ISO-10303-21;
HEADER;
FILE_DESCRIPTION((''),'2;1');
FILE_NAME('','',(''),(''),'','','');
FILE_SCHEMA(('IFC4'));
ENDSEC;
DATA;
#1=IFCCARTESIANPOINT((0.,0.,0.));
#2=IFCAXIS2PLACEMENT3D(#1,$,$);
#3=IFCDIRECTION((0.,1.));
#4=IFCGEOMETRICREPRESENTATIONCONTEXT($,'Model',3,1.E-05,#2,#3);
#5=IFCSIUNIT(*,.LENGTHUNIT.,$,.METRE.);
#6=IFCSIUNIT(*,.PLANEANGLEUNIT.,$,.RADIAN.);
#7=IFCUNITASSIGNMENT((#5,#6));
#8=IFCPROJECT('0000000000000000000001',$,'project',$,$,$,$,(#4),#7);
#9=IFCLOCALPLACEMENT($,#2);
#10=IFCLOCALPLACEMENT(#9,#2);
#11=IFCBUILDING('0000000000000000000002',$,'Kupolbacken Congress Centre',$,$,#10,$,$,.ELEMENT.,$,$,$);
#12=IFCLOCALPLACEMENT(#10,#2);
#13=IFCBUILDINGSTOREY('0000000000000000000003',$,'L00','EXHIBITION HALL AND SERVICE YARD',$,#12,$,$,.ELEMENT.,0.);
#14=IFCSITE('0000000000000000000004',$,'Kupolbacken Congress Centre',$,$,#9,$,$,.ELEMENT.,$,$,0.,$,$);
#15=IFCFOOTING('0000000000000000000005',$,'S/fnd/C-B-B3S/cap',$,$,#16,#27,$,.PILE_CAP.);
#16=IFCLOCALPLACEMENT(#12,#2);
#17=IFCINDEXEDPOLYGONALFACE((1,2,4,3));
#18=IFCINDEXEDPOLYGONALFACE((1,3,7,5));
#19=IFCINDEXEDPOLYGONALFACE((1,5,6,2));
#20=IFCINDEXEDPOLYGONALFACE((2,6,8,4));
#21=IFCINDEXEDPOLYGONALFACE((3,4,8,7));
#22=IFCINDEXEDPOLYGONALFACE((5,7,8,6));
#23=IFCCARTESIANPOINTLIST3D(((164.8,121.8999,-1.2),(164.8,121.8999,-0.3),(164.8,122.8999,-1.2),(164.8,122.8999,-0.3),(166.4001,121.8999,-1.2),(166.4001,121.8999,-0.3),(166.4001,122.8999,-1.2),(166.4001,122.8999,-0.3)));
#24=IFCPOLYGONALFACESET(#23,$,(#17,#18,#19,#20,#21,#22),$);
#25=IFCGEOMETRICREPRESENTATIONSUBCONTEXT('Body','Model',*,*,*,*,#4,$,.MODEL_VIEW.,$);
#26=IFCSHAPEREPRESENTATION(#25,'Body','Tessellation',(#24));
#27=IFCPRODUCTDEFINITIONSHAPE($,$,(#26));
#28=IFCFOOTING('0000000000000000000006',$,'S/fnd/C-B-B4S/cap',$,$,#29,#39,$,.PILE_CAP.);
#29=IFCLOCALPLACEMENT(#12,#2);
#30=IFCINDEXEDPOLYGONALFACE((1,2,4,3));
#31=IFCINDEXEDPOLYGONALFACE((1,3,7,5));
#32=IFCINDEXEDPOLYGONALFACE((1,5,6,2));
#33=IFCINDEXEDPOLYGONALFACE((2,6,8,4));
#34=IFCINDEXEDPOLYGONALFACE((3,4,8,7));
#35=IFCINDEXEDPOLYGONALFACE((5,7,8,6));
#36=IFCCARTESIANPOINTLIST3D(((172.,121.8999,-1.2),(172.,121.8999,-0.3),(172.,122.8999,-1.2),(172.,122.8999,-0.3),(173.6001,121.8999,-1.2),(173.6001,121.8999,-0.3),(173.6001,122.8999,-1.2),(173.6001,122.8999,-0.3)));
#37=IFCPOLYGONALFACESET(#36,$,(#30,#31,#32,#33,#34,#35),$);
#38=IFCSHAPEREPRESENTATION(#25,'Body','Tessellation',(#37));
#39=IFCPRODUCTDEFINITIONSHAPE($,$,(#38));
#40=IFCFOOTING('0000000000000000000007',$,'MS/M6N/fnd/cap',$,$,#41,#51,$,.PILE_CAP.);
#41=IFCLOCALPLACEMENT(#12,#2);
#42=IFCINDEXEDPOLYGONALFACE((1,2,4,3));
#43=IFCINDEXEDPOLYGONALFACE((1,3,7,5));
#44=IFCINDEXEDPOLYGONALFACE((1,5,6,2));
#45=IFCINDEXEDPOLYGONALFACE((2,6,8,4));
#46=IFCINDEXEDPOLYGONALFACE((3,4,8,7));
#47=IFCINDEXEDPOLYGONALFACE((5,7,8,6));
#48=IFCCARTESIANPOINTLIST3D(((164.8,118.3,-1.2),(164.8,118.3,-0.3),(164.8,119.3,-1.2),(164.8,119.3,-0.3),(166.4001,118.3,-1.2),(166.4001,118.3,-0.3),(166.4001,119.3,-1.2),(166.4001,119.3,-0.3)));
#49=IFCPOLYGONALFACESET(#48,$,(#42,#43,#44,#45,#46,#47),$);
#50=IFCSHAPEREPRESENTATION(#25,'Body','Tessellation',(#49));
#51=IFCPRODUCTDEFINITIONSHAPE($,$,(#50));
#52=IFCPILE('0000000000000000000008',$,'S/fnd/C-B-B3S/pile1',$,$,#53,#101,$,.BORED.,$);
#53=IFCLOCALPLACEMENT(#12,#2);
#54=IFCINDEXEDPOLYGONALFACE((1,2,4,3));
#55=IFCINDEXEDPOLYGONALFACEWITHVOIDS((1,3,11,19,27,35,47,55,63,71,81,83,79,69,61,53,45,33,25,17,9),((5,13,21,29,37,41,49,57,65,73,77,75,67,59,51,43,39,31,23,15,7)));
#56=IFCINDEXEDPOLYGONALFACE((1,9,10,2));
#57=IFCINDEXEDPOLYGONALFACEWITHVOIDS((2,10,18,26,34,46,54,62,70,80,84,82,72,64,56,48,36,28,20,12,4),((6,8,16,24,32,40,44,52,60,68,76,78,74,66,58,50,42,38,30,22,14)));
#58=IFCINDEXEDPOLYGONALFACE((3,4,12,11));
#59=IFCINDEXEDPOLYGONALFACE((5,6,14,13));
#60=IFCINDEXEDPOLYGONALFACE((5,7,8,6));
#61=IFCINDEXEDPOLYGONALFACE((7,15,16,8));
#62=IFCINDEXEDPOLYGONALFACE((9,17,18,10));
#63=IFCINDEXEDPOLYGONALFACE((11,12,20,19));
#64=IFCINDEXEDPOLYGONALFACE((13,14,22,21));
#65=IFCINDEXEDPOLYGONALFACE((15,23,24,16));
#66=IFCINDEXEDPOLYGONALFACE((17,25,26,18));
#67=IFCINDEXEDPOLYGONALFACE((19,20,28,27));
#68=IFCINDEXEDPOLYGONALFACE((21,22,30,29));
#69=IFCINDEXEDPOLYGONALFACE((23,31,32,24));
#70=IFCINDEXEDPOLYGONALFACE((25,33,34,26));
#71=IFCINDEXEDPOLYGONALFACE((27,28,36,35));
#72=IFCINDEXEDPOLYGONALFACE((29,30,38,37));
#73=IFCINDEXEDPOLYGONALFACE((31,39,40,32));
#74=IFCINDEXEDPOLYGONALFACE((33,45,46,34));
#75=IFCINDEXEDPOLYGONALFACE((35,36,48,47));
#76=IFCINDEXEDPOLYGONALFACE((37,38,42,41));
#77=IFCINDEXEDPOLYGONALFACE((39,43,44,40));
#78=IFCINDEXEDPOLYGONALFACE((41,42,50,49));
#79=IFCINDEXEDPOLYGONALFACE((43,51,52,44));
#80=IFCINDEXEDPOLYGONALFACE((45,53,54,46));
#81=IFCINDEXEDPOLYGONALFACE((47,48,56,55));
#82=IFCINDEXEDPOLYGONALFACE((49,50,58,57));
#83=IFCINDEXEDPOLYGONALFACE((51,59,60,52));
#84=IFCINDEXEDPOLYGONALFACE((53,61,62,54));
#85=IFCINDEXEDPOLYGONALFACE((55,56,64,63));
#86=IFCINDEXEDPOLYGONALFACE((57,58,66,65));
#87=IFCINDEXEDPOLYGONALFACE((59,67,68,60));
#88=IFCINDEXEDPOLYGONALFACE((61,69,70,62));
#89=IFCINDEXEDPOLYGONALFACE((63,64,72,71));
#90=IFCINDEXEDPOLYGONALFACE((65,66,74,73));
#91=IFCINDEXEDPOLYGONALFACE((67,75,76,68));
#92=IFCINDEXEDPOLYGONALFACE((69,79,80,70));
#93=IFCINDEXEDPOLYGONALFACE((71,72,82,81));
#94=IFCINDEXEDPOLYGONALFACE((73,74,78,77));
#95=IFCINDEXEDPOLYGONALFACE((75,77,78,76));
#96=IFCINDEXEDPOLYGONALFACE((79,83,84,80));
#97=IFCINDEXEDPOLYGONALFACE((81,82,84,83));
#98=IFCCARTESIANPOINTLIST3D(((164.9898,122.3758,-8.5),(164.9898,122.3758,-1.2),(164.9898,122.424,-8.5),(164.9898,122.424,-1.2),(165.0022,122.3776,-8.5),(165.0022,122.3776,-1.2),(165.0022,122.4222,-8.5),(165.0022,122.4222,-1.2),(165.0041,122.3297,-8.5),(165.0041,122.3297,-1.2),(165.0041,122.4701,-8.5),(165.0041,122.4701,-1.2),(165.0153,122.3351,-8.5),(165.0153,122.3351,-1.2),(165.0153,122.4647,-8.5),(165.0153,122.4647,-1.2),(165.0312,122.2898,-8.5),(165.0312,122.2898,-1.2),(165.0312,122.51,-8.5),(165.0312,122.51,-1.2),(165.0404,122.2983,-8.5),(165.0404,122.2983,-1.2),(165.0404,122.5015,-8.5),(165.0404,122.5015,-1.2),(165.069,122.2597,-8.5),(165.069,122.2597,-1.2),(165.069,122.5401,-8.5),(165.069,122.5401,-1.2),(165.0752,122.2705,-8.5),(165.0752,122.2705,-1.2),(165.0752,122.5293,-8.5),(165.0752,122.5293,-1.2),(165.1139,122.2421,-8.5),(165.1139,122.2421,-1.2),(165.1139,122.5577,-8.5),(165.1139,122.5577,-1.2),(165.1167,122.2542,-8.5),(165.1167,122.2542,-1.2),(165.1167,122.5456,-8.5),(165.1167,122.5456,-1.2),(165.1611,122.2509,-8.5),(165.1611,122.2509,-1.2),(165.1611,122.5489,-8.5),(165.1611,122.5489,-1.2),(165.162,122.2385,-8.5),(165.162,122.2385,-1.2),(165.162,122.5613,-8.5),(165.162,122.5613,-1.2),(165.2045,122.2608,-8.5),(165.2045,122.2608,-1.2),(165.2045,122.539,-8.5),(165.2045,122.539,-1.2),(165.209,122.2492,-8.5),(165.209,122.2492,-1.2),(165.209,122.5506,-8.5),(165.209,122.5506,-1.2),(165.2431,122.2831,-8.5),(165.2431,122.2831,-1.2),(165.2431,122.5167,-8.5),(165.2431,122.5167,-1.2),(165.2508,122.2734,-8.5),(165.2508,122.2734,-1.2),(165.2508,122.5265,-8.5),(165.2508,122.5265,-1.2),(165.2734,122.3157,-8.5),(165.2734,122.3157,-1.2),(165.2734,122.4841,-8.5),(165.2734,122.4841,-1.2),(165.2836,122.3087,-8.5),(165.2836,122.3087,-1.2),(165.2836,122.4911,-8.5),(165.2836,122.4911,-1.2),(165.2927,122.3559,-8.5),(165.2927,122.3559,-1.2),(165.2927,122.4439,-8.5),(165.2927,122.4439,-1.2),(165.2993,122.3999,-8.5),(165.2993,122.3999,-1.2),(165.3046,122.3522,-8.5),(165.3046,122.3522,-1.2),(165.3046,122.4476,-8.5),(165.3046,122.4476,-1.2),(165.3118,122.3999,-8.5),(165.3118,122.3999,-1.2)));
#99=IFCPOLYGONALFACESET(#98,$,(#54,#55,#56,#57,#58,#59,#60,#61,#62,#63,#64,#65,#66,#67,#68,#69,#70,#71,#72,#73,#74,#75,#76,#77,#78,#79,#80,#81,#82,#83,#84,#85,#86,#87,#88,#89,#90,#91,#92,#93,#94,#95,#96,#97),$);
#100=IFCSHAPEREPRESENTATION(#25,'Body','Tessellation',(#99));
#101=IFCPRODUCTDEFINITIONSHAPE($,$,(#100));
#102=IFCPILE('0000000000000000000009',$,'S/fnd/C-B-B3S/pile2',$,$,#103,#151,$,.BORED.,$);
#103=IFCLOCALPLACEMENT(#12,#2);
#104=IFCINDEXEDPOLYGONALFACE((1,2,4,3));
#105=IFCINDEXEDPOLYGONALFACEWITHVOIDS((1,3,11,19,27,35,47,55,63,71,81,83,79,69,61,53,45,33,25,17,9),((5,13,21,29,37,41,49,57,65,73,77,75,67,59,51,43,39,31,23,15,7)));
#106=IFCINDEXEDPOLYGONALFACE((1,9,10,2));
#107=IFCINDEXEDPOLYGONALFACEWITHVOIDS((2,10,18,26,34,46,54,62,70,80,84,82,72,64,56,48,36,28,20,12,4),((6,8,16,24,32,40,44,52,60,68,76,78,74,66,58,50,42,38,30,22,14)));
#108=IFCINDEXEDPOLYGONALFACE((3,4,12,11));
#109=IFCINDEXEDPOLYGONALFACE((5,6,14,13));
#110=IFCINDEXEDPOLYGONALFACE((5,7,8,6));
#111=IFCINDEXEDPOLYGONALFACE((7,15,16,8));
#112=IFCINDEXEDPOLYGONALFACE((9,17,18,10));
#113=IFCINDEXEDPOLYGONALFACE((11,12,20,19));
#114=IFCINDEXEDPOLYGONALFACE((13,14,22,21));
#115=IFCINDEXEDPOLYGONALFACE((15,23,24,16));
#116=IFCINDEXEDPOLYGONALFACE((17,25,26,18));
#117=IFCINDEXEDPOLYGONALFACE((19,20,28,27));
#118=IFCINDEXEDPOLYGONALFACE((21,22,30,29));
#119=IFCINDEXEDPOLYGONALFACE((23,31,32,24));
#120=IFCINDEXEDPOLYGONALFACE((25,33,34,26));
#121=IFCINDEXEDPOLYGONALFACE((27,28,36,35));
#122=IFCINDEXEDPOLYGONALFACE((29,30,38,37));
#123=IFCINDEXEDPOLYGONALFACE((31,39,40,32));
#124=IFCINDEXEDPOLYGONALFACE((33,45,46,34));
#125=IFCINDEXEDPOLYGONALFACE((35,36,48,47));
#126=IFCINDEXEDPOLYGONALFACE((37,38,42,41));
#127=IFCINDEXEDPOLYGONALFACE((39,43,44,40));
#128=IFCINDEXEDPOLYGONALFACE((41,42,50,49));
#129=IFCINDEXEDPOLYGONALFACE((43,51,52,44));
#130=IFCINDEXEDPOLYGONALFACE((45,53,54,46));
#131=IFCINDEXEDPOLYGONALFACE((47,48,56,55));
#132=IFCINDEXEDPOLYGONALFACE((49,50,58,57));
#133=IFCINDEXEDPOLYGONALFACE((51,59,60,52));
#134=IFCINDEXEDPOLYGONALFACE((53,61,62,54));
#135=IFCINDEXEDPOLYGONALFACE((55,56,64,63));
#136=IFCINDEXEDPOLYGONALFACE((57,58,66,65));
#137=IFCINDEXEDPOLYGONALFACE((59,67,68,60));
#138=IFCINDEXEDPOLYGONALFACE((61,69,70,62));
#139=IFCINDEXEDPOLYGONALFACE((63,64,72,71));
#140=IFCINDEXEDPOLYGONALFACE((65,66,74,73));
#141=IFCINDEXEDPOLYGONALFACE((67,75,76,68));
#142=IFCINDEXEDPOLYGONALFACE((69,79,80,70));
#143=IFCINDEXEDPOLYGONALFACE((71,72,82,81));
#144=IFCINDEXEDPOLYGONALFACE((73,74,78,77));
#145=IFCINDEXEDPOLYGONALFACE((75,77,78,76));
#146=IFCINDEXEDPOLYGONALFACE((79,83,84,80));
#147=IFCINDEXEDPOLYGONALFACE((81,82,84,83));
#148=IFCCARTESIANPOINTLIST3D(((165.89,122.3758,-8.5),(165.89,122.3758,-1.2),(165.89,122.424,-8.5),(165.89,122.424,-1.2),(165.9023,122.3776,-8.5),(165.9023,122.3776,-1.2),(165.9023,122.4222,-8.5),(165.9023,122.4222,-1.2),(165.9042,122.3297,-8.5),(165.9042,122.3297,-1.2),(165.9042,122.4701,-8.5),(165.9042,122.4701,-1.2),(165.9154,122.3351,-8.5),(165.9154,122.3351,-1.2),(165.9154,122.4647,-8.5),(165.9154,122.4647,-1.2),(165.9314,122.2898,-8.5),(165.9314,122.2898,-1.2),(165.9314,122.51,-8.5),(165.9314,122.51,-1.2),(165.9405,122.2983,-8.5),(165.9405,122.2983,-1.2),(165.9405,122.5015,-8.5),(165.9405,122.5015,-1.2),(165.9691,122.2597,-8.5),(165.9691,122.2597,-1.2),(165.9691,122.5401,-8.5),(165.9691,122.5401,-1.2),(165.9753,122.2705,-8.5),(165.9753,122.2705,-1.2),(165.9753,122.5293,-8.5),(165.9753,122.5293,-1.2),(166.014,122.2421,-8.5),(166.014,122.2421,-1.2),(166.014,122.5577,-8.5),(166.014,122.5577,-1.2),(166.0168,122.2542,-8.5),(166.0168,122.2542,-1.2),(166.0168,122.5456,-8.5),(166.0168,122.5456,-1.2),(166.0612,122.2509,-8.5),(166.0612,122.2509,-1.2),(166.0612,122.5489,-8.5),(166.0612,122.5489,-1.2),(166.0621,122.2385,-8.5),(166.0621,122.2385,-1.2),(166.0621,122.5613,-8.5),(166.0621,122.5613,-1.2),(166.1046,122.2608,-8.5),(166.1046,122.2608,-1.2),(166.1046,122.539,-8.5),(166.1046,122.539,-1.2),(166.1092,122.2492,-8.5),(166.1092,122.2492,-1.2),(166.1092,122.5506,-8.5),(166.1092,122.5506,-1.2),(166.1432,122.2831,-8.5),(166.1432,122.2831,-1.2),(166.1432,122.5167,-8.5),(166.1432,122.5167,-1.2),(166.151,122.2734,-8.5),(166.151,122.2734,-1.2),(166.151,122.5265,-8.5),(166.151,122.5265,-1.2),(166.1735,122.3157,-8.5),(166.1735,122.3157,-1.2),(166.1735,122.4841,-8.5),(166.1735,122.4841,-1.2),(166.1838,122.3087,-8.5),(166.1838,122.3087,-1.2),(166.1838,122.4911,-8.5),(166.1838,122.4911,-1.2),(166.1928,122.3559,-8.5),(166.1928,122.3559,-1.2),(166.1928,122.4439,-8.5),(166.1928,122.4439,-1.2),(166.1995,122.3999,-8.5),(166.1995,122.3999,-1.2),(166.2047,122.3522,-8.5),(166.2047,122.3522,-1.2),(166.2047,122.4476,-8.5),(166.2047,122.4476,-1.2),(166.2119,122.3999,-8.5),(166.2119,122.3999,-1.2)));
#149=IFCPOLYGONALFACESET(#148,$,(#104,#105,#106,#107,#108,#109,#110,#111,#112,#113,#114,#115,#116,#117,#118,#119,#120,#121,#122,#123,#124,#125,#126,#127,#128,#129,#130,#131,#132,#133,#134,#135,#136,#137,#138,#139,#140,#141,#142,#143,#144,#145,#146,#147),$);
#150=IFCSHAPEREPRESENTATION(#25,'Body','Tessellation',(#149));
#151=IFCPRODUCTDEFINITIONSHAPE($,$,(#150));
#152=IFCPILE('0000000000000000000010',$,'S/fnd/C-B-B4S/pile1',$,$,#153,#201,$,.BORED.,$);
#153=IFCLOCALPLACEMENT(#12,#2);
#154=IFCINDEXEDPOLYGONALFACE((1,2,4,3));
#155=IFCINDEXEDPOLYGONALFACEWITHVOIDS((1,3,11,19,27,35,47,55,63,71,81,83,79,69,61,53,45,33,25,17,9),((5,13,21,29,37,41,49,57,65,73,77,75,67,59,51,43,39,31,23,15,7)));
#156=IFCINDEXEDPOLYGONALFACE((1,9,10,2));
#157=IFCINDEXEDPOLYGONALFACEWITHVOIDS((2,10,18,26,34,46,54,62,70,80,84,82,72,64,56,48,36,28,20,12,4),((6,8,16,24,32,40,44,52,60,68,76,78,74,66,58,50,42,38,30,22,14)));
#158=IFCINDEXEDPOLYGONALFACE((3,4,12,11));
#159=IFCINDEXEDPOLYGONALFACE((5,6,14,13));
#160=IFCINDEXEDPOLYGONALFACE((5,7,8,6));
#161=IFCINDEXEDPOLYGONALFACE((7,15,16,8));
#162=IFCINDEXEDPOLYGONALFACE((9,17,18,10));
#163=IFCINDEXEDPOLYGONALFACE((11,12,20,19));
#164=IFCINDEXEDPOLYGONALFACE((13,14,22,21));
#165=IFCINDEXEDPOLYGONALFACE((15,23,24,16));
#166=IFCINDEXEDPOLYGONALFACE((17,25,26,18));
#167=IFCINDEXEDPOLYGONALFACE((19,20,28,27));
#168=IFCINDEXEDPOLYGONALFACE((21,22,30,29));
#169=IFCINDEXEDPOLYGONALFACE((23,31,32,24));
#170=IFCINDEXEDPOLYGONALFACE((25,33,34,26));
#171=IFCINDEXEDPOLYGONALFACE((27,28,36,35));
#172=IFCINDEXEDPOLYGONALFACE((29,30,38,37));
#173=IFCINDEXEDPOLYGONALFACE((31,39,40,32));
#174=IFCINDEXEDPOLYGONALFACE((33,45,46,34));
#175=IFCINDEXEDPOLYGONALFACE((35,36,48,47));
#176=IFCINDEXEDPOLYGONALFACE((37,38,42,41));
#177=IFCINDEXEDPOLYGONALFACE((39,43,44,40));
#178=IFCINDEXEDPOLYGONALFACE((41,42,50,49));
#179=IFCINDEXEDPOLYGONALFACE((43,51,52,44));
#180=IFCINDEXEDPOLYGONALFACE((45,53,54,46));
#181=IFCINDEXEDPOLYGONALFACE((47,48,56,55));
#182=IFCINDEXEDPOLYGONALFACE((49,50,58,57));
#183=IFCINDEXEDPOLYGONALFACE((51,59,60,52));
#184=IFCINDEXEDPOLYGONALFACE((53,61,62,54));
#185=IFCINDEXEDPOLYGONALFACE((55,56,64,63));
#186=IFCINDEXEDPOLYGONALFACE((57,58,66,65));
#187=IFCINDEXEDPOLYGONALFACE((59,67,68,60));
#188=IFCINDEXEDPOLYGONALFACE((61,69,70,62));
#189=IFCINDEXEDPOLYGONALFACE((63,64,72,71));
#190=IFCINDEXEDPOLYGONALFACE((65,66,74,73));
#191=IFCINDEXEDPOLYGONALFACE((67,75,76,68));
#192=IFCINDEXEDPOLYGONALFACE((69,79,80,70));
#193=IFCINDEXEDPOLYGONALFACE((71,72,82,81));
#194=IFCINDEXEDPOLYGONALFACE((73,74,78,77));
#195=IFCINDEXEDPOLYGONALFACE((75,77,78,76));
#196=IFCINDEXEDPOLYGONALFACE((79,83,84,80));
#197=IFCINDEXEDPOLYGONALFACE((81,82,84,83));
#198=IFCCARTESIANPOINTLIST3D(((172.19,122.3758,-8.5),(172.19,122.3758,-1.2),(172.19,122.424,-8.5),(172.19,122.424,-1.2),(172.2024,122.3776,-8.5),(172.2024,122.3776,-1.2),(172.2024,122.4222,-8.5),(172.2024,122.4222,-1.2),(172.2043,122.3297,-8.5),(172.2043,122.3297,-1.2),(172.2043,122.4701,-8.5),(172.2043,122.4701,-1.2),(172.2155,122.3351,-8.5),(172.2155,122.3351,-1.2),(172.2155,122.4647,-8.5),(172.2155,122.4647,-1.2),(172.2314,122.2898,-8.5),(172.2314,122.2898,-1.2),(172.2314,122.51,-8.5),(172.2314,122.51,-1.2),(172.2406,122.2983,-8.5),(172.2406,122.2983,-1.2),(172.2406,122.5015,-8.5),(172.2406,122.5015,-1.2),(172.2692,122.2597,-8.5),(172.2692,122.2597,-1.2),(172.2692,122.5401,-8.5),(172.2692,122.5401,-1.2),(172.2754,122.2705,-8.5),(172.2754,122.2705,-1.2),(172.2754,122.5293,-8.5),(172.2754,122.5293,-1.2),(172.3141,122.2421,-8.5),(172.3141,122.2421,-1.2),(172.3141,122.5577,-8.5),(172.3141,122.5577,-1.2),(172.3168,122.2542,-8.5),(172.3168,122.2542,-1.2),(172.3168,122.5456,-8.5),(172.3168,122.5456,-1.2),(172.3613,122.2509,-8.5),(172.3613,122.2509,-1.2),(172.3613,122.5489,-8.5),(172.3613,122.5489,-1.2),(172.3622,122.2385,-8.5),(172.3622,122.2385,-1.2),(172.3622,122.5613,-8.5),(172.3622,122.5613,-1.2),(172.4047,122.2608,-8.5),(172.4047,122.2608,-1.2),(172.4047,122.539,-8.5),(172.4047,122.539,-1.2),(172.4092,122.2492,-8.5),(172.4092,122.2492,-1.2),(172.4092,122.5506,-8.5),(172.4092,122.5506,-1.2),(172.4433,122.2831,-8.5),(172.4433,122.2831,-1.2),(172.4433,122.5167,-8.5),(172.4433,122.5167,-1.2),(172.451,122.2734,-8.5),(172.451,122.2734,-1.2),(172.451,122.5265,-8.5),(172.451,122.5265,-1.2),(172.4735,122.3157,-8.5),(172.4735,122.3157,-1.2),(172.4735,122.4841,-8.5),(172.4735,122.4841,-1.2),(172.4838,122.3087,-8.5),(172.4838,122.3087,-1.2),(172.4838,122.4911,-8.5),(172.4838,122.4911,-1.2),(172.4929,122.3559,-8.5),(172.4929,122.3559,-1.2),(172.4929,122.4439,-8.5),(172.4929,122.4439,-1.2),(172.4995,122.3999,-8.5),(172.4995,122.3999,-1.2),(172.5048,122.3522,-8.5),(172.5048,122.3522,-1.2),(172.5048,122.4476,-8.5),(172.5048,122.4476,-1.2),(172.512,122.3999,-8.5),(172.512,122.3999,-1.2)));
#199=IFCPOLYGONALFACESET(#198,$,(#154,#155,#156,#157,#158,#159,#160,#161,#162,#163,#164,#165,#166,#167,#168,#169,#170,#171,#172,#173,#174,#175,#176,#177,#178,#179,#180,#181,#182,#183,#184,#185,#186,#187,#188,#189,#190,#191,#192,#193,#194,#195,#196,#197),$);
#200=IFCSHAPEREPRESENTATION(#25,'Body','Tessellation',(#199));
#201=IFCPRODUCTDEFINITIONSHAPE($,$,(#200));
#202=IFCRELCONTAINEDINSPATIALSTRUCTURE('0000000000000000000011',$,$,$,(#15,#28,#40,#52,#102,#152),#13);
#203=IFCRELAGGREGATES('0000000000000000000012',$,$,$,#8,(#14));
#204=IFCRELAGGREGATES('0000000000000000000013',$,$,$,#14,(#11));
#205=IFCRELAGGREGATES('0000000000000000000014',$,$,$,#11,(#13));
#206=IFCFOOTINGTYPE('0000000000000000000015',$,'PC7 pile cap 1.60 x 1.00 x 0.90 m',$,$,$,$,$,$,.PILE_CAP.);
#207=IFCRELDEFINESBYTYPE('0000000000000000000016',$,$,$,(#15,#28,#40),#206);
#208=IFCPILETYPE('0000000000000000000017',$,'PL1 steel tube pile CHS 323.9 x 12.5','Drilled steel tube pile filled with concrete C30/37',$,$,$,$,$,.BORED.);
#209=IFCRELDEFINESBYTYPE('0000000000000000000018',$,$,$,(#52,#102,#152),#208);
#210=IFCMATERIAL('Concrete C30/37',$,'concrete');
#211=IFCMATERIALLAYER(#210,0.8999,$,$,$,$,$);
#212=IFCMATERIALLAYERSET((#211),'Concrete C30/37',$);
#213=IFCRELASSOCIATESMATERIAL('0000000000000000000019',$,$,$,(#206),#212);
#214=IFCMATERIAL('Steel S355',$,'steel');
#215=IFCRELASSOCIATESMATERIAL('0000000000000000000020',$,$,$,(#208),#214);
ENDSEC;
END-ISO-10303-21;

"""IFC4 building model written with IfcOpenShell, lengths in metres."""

from ifc_helpers import new_model, si_unit, direction, frame, origin, origin_2d, place, context, subcontext, project, spatial, rectangle, hollow_circle, extrude, material, layer, layer_set, material_profile, profile_set, type_object, element, save


model = new_model("IFC4")

# Units and contexts
model_context = context("Model", 3, precision=1e-05, world=origin(), true_north=direction((0.0, 1.0)))
body_context = subcontext(model_context, "Body", "Model", "MODEL_VIEW")
ifc_project = project(units=[si_unit("LENGTHUNIT", "METRE"), si_unit("PLANEANGLEUNIT", "RADIAN")], contexts=[model_context])

# Site, building, storey
site_placement = place(None, origin())
site = spatial("IfcSite", under=ifc_project, at=site_placement, Name="Kupolbacken Congress Centre", CompositionType="ELEMENT", RefElevation=0.0)
building_placement = place(site_placement, origin())
building = spatial("IfcBuilding", under=site, at=building_placement, Name="Kupolbacken Congress Centre", CompositionType="ELEMENT")
storey_placement = place(building_placement, origin())
storey = spatial("IfcBuildingStorey", under=building, at=storey_placement, Name="L00", Description="EXHIBITION HALL AND SERVICE YARD", CompositionType="ELEMENT", Elevation=0.0)

# Footings
ifc_material_1 = material(Name="Concrete C30/37", Category="concrete")
ifc_layer_1 = layer(ifc_material_1, 0.8999)
ifc_layer_set_1 = layer_set([ifc_layer_1], Name="Concrete C30/37")
footing_type_1 = type_object("IfcFootingType", Name="PC7 pile cap 1.60 x 1.00 x 0.90 m", PredefinedType="PILE_CAP", material=ifc_layer_set_1)
for number, where, z_axis, x_axis, name in (
    (1, (165.6001, 122.3999, -1.2), (0.0, 0.0, 1.0), (1.0, 0.0, 0.0), "S/fnd/C-B-B3S/cap"),
    (2, (172.8, 122.3999, -1.2), (0.0, 0.0, 1.0), (1.0, 0.0, 0.0), "S/fnd/C-B-B4S/cap"),
    (3, (165.6001, 118.8, -1.2), (0.0, 0.0, 1.0), (1.0, 0.0, 0.0), "MS/M6N/fnd/cap"),
):
    element("IfcFooting", number, at=place(storey_placement, frame(where, z_axis=z_axis, x_axis=x_axis)), inside=storey, type_object=footing_type_1, Name=name, PredefinedType="PILE_CAP", context=body_context, shape_type="SweptSolid", body=[
        extrude(rectangle(XDim=1.6001, YDim=1.0, at=origin_2d()), origin(), (0.0, 0.0, 1.0), 0.8999),
    ])

# Piles
ifc_material_2 = material(Name="Steel S355", Category="steel")
ifc_material_profile_1 = material_profile(ifc_material_2, hollow_circle(Radius=0.1619, WallThickness=0.0125, at=origin_2d()), Name="CHS 323.9 x 12.5")
ifc_profile_set_1 = profile_set([ifc_material_profile_1], Name="Steel S355")
pile_type = type_object("IfcPileType", Name="PL1 steel tube pile CHS 323.9 x 12.5", Description="Drilled steel tube pile filled with concrete C30/37", PredefinedType="BORED", material=ifc_profile_set_1)
for number, where, z_axis, x_axis, name in (
    (4, (165.1499, 122.3999, -1.2), (0.0, 0.0, -1.0), (1.0, 0.0, 0.0), "S/fnd/C-B-B3S/pile1"),
    (5, (166.05, 122.3999, -1.2), (0.0, 0.0, -1.0), (1.0, 0.0, 0.0), "S/fnd/C-B-B3S/pile2"),
    (6, (172.3501, 122.3999, -1.2), (0.0, 0.0, -1.0), (1.0, 0.0, 0.0), "S/fnd/C-B-B4S/pile1"),
):
    element("IfcPile", number, at=place(storey_placement, frame(where, z_axis=z_axis, x_axis=x_axis)), inside=storey, type_object=pile_type, Name=name, PredefinedType="BORED", context=body_context, shape_type="SweptSolid", body=[
        extrude(hollow_circle(Radius=0.1619, WallThickness=0.0125, at=origin_2d()), origin(), (0.0, 0.0, 1.0), 7.3),
    ])

save(model, "model.ifc")
